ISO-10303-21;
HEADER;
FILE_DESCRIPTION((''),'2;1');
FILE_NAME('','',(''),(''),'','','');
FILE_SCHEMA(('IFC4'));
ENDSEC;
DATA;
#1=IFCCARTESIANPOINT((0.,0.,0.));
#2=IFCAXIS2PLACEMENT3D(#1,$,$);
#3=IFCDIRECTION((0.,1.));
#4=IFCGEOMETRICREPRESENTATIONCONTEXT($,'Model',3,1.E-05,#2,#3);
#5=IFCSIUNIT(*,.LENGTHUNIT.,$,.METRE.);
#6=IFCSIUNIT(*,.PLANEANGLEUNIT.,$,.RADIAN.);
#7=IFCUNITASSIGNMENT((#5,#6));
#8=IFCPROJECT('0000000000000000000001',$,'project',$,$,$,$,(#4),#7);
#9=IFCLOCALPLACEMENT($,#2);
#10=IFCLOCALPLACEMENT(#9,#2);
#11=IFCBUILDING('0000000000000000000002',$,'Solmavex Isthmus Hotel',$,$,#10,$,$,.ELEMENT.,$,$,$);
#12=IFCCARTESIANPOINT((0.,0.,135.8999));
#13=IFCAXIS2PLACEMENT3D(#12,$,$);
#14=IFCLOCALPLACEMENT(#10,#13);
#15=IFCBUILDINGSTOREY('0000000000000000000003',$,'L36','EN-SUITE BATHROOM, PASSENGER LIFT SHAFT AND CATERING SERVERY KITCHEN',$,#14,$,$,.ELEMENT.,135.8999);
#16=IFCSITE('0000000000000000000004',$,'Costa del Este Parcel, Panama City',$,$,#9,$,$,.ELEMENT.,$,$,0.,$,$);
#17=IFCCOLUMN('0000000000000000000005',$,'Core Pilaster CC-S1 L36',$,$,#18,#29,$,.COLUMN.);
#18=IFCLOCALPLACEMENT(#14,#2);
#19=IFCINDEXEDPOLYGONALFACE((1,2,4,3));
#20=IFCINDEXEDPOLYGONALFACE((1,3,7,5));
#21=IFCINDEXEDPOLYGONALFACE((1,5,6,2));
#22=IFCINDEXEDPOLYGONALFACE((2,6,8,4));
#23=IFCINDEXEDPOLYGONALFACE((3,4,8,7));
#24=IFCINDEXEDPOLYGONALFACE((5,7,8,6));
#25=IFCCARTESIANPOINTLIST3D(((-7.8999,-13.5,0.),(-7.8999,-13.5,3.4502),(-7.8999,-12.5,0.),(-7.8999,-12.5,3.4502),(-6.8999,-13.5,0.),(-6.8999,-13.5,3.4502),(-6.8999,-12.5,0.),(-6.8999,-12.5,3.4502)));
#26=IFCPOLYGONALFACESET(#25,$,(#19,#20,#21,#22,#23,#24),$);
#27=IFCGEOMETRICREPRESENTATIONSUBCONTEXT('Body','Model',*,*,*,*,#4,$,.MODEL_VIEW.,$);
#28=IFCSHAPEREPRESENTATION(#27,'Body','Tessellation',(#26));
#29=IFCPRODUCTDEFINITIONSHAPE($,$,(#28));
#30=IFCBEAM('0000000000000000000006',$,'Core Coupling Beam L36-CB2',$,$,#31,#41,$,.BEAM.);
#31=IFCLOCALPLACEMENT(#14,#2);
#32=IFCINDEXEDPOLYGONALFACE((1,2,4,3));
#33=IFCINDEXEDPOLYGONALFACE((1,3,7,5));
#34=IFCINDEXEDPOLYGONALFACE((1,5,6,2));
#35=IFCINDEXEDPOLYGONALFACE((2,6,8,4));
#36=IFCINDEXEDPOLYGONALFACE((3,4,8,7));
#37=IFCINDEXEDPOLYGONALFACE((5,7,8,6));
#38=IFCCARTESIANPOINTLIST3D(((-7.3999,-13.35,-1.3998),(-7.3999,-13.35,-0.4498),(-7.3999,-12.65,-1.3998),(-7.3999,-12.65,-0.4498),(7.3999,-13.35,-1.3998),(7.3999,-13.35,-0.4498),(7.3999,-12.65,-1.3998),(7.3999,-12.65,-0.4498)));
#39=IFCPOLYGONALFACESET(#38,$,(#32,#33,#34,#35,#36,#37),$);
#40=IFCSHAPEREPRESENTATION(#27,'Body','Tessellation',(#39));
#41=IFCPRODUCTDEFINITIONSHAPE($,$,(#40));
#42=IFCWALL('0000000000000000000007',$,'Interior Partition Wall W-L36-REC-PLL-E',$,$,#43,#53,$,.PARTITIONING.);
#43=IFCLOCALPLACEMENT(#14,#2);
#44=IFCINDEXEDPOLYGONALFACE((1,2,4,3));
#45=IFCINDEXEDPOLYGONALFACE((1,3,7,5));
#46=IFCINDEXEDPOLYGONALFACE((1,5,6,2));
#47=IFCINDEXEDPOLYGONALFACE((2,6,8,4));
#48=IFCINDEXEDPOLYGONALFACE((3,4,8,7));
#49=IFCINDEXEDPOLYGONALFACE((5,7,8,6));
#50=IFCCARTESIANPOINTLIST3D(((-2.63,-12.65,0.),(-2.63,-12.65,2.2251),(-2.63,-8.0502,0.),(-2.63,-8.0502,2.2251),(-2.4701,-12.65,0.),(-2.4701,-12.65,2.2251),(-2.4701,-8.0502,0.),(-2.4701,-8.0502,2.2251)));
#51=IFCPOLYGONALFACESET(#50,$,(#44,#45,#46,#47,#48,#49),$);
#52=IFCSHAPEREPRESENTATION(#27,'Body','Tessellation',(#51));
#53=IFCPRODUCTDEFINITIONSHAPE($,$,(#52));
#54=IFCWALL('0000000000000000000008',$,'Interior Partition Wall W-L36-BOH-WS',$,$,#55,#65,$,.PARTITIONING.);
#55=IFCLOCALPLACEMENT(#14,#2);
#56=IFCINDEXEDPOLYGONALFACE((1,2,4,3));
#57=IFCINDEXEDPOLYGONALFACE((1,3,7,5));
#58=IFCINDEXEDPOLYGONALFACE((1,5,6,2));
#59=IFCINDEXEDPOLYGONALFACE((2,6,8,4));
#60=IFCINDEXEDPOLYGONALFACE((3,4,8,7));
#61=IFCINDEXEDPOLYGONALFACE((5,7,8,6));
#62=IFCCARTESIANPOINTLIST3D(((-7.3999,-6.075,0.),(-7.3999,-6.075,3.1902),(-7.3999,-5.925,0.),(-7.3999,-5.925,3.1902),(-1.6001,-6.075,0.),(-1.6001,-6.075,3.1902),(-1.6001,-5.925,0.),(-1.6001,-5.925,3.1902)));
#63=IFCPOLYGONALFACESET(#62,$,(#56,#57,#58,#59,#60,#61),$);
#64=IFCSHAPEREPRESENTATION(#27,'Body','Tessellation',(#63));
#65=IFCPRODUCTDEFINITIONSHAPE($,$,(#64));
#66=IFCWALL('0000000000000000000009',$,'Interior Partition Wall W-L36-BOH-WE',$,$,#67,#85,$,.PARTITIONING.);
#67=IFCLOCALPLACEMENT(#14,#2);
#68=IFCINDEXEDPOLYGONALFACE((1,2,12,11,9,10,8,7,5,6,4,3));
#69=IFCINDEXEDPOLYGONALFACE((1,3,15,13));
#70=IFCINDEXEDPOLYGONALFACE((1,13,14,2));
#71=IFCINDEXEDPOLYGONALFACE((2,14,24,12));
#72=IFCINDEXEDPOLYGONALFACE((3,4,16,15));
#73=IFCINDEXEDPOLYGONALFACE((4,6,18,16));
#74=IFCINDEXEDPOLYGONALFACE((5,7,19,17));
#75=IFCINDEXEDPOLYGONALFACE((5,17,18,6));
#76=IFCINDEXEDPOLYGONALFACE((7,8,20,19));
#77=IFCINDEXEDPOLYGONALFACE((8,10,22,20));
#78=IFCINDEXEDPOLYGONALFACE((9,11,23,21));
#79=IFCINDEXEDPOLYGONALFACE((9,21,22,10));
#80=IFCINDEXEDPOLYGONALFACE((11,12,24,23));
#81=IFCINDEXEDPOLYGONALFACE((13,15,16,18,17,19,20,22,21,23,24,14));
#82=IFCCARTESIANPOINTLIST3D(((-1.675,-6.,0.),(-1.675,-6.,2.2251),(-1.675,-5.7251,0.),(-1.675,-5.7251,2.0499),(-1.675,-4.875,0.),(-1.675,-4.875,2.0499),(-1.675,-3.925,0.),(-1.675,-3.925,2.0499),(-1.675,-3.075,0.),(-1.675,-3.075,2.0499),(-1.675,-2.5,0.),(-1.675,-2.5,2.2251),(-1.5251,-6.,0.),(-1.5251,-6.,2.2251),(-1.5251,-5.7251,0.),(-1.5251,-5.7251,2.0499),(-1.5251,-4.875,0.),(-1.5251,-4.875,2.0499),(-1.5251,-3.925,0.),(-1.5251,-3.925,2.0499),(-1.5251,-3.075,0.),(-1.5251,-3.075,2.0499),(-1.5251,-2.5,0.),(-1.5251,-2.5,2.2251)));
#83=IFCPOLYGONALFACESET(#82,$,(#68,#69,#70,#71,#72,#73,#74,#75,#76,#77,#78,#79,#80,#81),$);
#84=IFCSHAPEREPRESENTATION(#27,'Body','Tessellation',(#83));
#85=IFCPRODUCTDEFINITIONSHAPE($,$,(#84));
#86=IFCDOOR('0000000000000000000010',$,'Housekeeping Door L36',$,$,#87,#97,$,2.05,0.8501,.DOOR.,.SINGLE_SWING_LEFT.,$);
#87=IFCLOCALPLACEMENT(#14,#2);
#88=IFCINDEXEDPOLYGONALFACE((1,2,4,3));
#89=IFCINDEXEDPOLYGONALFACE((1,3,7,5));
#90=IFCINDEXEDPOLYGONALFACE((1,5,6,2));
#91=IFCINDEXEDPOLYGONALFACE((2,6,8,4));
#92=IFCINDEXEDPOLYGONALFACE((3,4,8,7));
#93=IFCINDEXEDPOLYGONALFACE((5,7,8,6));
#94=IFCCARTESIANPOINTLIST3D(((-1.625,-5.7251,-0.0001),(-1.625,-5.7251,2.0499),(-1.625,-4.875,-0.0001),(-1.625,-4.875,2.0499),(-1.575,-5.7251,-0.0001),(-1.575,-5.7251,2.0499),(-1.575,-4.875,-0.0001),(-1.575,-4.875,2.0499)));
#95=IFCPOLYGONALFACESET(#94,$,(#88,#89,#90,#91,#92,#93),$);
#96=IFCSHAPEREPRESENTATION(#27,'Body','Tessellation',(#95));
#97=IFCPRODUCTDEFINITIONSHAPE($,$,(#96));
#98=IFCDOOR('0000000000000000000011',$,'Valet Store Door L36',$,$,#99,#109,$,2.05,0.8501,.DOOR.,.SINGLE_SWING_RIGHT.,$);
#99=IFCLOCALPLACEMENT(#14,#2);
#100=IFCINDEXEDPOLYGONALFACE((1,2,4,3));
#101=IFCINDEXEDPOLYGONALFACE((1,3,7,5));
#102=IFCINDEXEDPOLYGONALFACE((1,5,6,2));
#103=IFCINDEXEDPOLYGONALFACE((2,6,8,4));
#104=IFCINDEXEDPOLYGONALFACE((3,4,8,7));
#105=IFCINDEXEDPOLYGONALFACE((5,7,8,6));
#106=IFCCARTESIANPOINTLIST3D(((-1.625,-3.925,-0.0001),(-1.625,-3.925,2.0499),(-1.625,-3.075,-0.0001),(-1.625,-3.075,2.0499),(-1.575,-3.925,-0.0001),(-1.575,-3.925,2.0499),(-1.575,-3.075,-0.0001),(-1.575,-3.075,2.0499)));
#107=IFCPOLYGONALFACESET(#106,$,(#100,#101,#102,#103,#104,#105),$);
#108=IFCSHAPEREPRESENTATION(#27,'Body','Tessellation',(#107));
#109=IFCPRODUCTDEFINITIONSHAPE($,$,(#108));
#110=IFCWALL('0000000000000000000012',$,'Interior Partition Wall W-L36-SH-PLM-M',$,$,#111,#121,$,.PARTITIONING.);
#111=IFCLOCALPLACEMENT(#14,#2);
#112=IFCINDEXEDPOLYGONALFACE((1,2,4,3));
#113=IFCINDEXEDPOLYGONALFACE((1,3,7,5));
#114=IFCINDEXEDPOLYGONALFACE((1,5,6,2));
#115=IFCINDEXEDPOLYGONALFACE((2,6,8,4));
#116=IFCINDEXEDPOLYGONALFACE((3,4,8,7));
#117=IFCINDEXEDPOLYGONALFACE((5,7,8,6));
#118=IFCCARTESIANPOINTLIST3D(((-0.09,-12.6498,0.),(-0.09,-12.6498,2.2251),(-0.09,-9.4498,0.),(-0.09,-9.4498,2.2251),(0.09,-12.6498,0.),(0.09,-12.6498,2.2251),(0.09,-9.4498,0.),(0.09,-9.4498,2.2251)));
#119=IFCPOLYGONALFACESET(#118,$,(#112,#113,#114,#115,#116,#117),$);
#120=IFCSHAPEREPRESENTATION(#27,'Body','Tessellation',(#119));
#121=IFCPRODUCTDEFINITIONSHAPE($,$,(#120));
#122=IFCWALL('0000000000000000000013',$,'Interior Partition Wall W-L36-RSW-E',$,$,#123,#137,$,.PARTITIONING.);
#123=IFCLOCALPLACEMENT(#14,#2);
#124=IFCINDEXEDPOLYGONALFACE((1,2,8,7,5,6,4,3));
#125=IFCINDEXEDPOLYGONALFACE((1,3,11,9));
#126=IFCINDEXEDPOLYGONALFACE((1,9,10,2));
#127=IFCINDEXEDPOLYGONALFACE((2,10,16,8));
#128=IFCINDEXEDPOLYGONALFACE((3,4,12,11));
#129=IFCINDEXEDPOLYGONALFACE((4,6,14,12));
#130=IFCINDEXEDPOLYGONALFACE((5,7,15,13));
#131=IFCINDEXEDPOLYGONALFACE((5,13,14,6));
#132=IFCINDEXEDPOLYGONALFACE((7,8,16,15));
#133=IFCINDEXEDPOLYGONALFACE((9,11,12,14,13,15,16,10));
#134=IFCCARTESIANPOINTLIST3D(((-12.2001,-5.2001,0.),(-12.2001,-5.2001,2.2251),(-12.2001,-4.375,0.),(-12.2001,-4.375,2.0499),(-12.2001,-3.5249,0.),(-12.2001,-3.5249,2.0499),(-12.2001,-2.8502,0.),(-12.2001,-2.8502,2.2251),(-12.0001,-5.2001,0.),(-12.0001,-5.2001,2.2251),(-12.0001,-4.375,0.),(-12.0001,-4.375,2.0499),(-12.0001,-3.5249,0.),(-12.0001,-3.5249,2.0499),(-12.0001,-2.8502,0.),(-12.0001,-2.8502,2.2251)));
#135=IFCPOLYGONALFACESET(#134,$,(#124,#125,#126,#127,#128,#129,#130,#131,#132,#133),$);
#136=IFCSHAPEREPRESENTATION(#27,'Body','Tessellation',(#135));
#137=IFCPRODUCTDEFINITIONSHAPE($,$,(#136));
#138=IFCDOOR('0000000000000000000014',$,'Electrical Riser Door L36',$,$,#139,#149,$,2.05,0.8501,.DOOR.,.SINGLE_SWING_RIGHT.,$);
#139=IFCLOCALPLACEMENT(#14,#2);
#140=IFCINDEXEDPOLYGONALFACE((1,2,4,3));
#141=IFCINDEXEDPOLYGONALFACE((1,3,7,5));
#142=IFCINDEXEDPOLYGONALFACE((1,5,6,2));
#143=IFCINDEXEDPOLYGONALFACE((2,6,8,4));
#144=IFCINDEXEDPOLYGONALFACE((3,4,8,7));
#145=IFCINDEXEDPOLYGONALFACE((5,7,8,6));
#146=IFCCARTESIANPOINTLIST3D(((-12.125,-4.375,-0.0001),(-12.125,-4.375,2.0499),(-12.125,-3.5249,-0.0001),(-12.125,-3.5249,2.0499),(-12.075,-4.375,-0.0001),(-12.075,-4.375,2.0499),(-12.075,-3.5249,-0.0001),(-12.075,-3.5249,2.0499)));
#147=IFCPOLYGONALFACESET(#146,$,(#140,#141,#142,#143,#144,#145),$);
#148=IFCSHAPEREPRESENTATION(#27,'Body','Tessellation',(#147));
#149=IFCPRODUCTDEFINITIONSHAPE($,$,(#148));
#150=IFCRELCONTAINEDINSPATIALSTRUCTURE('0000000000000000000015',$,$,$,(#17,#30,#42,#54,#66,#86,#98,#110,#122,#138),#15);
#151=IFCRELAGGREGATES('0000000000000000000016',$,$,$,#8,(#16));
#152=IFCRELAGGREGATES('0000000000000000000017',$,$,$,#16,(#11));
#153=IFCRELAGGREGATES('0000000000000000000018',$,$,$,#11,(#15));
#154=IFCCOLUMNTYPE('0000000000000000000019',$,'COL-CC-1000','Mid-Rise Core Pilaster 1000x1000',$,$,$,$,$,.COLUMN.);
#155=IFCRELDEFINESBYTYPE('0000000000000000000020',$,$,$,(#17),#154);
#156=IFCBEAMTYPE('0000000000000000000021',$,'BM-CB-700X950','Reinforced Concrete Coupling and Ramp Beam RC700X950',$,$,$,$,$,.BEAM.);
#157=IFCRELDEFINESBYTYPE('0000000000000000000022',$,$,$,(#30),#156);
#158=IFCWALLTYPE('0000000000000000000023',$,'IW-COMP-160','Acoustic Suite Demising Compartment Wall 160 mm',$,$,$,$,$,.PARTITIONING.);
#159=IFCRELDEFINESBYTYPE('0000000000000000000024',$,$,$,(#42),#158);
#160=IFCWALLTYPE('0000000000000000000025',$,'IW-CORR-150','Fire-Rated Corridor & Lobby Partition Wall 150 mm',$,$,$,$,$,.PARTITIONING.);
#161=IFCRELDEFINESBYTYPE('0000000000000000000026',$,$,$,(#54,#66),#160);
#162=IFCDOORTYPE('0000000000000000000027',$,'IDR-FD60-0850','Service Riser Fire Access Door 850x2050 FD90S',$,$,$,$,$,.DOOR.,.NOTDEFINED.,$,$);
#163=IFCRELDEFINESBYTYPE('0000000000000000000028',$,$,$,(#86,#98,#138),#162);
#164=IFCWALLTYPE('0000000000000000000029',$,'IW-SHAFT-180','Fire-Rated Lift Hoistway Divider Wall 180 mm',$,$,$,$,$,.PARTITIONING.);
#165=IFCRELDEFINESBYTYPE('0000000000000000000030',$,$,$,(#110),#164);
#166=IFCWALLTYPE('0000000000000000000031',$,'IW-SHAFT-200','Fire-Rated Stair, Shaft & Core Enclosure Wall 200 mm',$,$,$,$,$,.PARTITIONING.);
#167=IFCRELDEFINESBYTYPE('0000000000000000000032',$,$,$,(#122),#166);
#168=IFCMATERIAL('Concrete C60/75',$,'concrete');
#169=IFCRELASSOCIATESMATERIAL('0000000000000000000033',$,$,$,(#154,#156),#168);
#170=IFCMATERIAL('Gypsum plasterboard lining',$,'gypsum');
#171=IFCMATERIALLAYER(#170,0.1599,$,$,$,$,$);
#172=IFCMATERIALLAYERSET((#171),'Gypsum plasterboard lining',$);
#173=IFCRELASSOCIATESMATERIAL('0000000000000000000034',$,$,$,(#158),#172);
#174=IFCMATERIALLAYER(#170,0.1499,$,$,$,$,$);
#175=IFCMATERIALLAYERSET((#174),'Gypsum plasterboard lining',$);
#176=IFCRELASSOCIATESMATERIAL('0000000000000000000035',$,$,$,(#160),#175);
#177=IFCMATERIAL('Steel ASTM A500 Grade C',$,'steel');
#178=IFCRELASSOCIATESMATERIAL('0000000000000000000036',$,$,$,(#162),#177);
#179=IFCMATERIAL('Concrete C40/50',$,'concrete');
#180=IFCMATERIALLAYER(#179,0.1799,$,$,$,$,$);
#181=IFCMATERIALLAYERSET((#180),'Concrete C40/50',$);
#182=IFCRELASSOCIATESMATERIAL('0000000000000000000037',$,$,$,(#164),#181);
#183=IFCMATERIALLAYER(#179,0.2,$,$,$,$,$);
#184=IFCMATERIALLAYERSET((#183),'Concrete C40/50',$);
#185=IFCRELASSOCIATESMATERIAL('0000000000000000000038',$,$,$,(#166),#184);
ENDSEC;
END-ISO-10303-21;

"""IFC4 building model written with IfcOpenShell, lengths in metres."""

from ifc_helpers import new_model, si_unit, direction, frame, frame_2d, origin, origin_2d, place, context, subcontext, project, spatial, rectangle, extrude, material, layer, layer_set, material_profile, profile_set, type_object, element, fill, save


model = new_model("IFC4")

# Units and contexts
model_context = context("Model", 3, precision=1e-05, world=origin(), true_north=direction((0.0, 1.0)))
body_context = subcontext(model_context, "Body", "Model", "MODEL_VIEW")
ifc_project = project(units=[si_unit("LENGTHUNIT", "METRE"), si_unit("PLANEANGLEUNIT", "RADIAN")], contexts=[model_context])

# Site, building, storey
site_placement = place(None, origin())
site = spatial("IfcSite", under=ifc_project, at=site_placement, Name="Costa del Este Parcel, Panama City", CompositionType="ELEMENT", RefElevation=0.0)
building_placement = place(site_placement, origin())
building = spatial("IfcBuilding", under=site, at=building_placement, Name="Solmavex Isthmus Hotel", CompositionType="ELEMENT")
storey_placement = place(building_placement, frame((0.0, 0.0, 135.8999)))
storey = spatial("IfcBuildingStorey", under=building, at=storey_placement, Name="L36", Description="EN-SUITE BATHROOM, PASSENGER LIFT SHAFT AND CATERING SERVERY KITCHEN", CompositionType="ELEMENT", Elevation=135.8999)

# Column
ifc_material_1 = material(Name="Concrete C60/75", Category="concrete")
ifc_material_profile_1 = material_profile(ifc_material_1, rectangle(XDim=1.0, YDim=1.0, at=origin_2d()), Name="RC1000X1000")
ifc_profile_set_1 = profile_set([ifc_material_profile_1], Name="Concrete C60/75")
column_type = type_object("IfcColumnType", Name="COL-CC-1000", Description="Mid-Rise Core Pilaster 1000x1000", PredefinedType="COLUMN", material=ifc_profile_set_1)
column_placement = place(storey_placement, frame((-7.3999, -13.0, 0.0), z_axis=(0.0, 0.0, 1.0), x_axis=(1.0, 0.0, 0.0)))
element("IfcColumn", 1, at=column_placement, inside=storey, type_object=column_type, Name="Core Pilaster CC-S1 L36", PredefinedType="COLUMN", context=body_context, shape_type="SweptSolid", body=[
    extrude(rectangle(XDim=1.0, YDim=1.0, at=origin_2d()), origin(), (0.0, 0.0, 1.0), 3.4502),
])

# Beam
ifc_material_profile_2 = material_profile(ifc_material_1, rectangle(XDim=0.7, YDim=0.95, at=origin_2d()), Name="RC700X950")
ifc_profile_set_2 = profile_set([ifc_material_profile_2], Name="Concrete C60/75")
beam_type = type_object("IfcBeamType", Name="BM-CB-700X950", Description="Reinforced Concrete Coupling and Ramp Beam RC700X950", PredefinedType="BEAM", material=ifc_profile_set_2)
beam_placement = place(storey_placement, frame((-7.3999, -13.0, -0.9248), z_axis=(1.0, 0.0, 0.0), x_axis=(0.0, 1.0, 0.0)))
element("IfcBeam", 2, at=beam_placement, inside=storey, type_object=beam_type, Name="Core Coupling Beam L36-CB2", PredefinedType="BEAM", context=body_context, shape_type="SweptSolid", body=[
    extrude(rectangle(XDim=0.7, YDim=0.95, at=origin_2d()), origin(), (0.0, 0.0, 1.0), 14.7998),
])

# Shared definitions
ifc_material_2 = material(Name="Gypsum plasterboard lining", Category="gypsum")
ifc_layer_1 = layer(ifc_material_2, 0.1599)
ifc_layer_set_1 = layer_set([ifc_layer_1], Name="Gypsum plasterboard lining")
wall_type_1 = type_object("IfcWallType", Name="IW-COMP-160", Description="Acoustic Suite Demising Compartment Wall 160 mm", PredefinedType="PARTITIONING", material=ifc_layer_set_1)

# Walls
wall_1_placement = place(storey_placement, frame((-2.55, -12.6499, 0.0), z_axis=(0.0, 0.0, 1.0), x_axis=(0.0, 1.0, 0.0)))
element("IfcWall", 3, at=wall_1_placement, inside=storey, type_object=wall_type_1, Name="Interior Partition Wall W-L36-REC-PLL-E", PredefinedType="PARTITIONING", context=body_context, shape_type="SweptSolid", body=[
    extrude(rectangle(XDim=4.5999, YDim=0.1599, at=frame_2d((2.2998, 0.0))), origin(), (0.0, 0.0, 1.0), 2.2251),
])
ifc_layer_2 = layer(ifc_material_2, 0.1499)
ifc_layer_set_2 = layer_set([ifc_layer_2], Name="Gypsum plasterboard lining")
wall_type_2 = type_object("IfcWallType", Name="IW-CORR-150", Description="Fire-Rated Corridor & Lobby Partition Wall 150 mm", PredefinedType="PARTITIONING", material=ifc_layer_set_2)
wall_2_placement = place(storey_placement, frame((-7.3999, -6.0, 0.0), z_axis=(0.0, 0.0, 1.0), x_axis=(1.0, 0.0, 0.0)))
element("IfcWall", 4, at=wall_2_placement, inside=storey, type_object=wall_type_2, Name="Interior Partition Wall W-L36-BOH-WS", PredefinedType="PARTITIONING", context=body_context, shape_type="SweptSolid", body=[
    extrude(rectangle(XDim=5.7998, YDim=0.1499, at=frame_2d((2.8999, 0.0))), origin(), (0.0, 0.0, 1.0), 3.1902),
])

# Wall, openings, doors
wall_3_placement = place(storey_placement, frame((-1.6001, -6.0, 0.0), z_axis=(0.0, 0.0, 1.0), x_axis=(0.0, 1.0, 0.0)))
wall_3 = element("IfcWall", 5, at=wall_3_placement, inside=storey, type_object=wall_type_2, Name="Interior Partition Wall W-L36-BOH-WE", PredefinedType="PARTITIONING", context=body_context, shape_type="SweptSolid", body=[
    extrude(rectangle(XDim=3.5, YDim=0.1499, at=frame_2d((1.75, 0.0))), origin(), (0.0, 0.0, 1.0), 2.2251),
])
opening_1_placement = place(wall_3_placement, frame((0.2749, 0.0, 0.0)))
opening_1 = element("IfcOpeningElement", 6, at=opening_1_placement, cuts=wall_3, PredefinedType="OPENING", context=body_context, shape_type="SweptSolid", body=[
    extrude(rectangle(XDim=0.8501, YDim=2.05, at=frame_2d((0.425, 1.0249))), frame((0.0, 0.085, 0.0), z_axis=(0.0, -1.0, 0.0), x_axis=(1.0, 0.0, 0.0)), (0.0, 0.0, 1.0), 0.1699),
])
opening_2_placement = place(wall_3_placement, frame((2.075, 0.0, 0.0)))
opening_2 = element("IfcOpeningElement", 7, at=opening_2_placement, cuts=wall_3, PredefinedType="OPENING", context=body_context, shape_type="SweptSolid", body=[
    extrude(rectangle(XDim=0.8501, YDim=2.05, at=frame_2d((0.425, 1.0249))), frame((0.0, 0.085, 0.0), z_axis=(0.0, -1.0, 0.0), x_axis=(1.0, 0.0, 0.0)), (0.0, 0.0, 1.0), 0.1699),
])
ifc_material_3 = material(Name="Steel ASTM A500 Grade C", Category="steel")
door_type_1 = type_object("IfcDoorType", Name="IDR-FD60-0850", Description="Service Riser Fire Access Door 850x2050 FD90S", OperationType="NOTDEFINED", PredefinedType="DOOR", material=ifc_material_3)
door_1_placement = place(opening_1_placement, origin())
door_1 = element("IfcDoor", 8, at=door_1_placement, inside=storey, type_object=door_type_1, Name="Housekeeping Door L36", OperationType="SINGLE_SWING_LEFT", OverallHeight=2.05, OverallWidth=0.8501, PredefinedType="DOOR", context=body_context, shape_type="SweptSolid", body=[
    extrude(rectangle(XDim=0.8501, YDim=2.05, at=frame_2d((0.425, 1.0249))), frame((0.0, 0.0249, 0.0), z_axis=(0.0, -1.0, 0.0), x_axis=(1.0, 0.0, 0.0)), (0.0, 0.0, 1.0), 0.05),
])
fill(opening_1, door_1)
door_2_placement = place(opening_2_placement, origin())
door_2 = element("IfcDoor", 9, at=door_2_placement, inside=storey, type_object=door_type_1, Name="Valet Store Door L36", OperationType="SINGLE_SWING_RIGHT", OverallHeight=2.05, OverallWidth=0.8501, PredefinedType="DOOR", context=body_context, shape_type="SweptSolid", body=[
    extrude(rectangle(XDim=0.8501, YDim=2.05, at=frame_2d((0.425, 1.0249))), frame((0.0, 0.0249, 0.0), z_axis=(0.0, -1.0, 0.0), x_axis=(1.0, 0.0, 0.0)), (0.0, 0.0, 1.0), 0.05),
])
fill(opening_2, door_2)

# Wall
ifc_material_4 = material(Name="Concrete C40/50", Category="concrete")
ifc_layer_3 = layer(ifc_material_4, 0.1799)
ifc_layer_set_3 = layer_set([ifc_layer_3], Name="Concrete C40/50")
wall_type_3 = type_object("IfcWallType", Name="IW-SHAFT-180", Description="Fire-Rated Lift Hoistway Divider Wall 180 mm", PredefinedType="PARTITIONING", material=ifc_layer_set_3)
wall_4_placement = place(storey_placement, frame((0.0, -12.6499, 0.0), z_axis=(0.0, 0.0, 1.0), x_axis=(0.0, 1.0, 0.0)))
element("IfcWall", 10, at=wall_4_placement, inside=storey, type_object=wall_type_3, Name="Interior Partition Wall W-L36-SH-PLM-M", PredefinedType="PARTITIONING", context=body_context, shape_type="SweptSolid", body=[
    extrude(rectangle(XDim=3.2, YDim=0.1799, at=frame_2d((1.6001, 0.0))), origin(), (0.0, 0.0, 1.0), 2.2251),
])

# Wall, opening, door
ifc_layer_4 = layer(ifc_material_4, 0.2)
ifc_layer_set_4 = layer_set([ifc_layer_4], Name="Concrete C40/50")
wall_type_4 = type_object("IfcWallType", Name="IW-SHAFT-200", Description="Fire-Rated Stair, Shaft & Core Enclosure Wall 200 mm", PredefinedType="PARTITIONING", material=ifc_layer_set_4)
wall_5_placement = place(storey_placement, frame((-12.1001, -5.2, 0.0), z_axis=(0.0, 0.0, 1.0), x_axis=(0.0, 1.0, 0.0)))
wall_5 = element("IfcWall", 11, at=wall_5_placement, inside=storey, type_object=wall_type_4, Name="Interior Partition Wall W-L36-RSW-E", PredefinedType="PARTITIONING", context=body_context, shape_type="SweptSolid", body=[
    extrude(rectangle(XDim=2.3499, YDim=0.2, at=frame_2d((1.1748, 0.0))), origin(), (0.0, 0.0, 1.0), 2.2251),
])
opening_3_placement = place(wall_5_placement, frame((0.825, 0.0, 0.0)))
opening_3 = element("IfcOpeningElement", 12, at=opening_3_placement, cuts=wall_5, PredefinedType="OPENING", context=body_context, shape_type="SweptSolid", body=[
    extrude(rectangle(XDim=0.8501, YDim=2.05, at=frame_2d((0.425, 1.0249))), frame((0.0, 0.1099, 0.0), z_axis=(0.0, -1.0, 0.0), x_axis=(1.0, 0.0, 0.0)), (0.0, 0.0, 1.0), 0.22),
])
door_3_placement = place(opening_3_placement, origin())
door_3 = element("IfcDoor", 13, at=door_3_placement, inside=storey, type_object=door_type_1, Name="Electrical Riser Door L36", OperationType="SINGLE_SWING_RIGHT", OverallHeight=2.05, OverallWidth=0.8501, PredefinedType="DOOR", context=body_context, shape_type="SweptSolid", body=[
    extrude(rectangle(XDim=0.8501, YDim=2.05, at=frame_2d((0.425, 1.0249))), frame((0.0, 0.0249, 0.0), z_axis=(0.0, -1.0, 0.0), x_axis=(1.0, 0.0, 0.0)), (0.0, 0.0, 1.0), 0.05),
])
fill(opening_3, door_3)

save(model, "model.ifc")
